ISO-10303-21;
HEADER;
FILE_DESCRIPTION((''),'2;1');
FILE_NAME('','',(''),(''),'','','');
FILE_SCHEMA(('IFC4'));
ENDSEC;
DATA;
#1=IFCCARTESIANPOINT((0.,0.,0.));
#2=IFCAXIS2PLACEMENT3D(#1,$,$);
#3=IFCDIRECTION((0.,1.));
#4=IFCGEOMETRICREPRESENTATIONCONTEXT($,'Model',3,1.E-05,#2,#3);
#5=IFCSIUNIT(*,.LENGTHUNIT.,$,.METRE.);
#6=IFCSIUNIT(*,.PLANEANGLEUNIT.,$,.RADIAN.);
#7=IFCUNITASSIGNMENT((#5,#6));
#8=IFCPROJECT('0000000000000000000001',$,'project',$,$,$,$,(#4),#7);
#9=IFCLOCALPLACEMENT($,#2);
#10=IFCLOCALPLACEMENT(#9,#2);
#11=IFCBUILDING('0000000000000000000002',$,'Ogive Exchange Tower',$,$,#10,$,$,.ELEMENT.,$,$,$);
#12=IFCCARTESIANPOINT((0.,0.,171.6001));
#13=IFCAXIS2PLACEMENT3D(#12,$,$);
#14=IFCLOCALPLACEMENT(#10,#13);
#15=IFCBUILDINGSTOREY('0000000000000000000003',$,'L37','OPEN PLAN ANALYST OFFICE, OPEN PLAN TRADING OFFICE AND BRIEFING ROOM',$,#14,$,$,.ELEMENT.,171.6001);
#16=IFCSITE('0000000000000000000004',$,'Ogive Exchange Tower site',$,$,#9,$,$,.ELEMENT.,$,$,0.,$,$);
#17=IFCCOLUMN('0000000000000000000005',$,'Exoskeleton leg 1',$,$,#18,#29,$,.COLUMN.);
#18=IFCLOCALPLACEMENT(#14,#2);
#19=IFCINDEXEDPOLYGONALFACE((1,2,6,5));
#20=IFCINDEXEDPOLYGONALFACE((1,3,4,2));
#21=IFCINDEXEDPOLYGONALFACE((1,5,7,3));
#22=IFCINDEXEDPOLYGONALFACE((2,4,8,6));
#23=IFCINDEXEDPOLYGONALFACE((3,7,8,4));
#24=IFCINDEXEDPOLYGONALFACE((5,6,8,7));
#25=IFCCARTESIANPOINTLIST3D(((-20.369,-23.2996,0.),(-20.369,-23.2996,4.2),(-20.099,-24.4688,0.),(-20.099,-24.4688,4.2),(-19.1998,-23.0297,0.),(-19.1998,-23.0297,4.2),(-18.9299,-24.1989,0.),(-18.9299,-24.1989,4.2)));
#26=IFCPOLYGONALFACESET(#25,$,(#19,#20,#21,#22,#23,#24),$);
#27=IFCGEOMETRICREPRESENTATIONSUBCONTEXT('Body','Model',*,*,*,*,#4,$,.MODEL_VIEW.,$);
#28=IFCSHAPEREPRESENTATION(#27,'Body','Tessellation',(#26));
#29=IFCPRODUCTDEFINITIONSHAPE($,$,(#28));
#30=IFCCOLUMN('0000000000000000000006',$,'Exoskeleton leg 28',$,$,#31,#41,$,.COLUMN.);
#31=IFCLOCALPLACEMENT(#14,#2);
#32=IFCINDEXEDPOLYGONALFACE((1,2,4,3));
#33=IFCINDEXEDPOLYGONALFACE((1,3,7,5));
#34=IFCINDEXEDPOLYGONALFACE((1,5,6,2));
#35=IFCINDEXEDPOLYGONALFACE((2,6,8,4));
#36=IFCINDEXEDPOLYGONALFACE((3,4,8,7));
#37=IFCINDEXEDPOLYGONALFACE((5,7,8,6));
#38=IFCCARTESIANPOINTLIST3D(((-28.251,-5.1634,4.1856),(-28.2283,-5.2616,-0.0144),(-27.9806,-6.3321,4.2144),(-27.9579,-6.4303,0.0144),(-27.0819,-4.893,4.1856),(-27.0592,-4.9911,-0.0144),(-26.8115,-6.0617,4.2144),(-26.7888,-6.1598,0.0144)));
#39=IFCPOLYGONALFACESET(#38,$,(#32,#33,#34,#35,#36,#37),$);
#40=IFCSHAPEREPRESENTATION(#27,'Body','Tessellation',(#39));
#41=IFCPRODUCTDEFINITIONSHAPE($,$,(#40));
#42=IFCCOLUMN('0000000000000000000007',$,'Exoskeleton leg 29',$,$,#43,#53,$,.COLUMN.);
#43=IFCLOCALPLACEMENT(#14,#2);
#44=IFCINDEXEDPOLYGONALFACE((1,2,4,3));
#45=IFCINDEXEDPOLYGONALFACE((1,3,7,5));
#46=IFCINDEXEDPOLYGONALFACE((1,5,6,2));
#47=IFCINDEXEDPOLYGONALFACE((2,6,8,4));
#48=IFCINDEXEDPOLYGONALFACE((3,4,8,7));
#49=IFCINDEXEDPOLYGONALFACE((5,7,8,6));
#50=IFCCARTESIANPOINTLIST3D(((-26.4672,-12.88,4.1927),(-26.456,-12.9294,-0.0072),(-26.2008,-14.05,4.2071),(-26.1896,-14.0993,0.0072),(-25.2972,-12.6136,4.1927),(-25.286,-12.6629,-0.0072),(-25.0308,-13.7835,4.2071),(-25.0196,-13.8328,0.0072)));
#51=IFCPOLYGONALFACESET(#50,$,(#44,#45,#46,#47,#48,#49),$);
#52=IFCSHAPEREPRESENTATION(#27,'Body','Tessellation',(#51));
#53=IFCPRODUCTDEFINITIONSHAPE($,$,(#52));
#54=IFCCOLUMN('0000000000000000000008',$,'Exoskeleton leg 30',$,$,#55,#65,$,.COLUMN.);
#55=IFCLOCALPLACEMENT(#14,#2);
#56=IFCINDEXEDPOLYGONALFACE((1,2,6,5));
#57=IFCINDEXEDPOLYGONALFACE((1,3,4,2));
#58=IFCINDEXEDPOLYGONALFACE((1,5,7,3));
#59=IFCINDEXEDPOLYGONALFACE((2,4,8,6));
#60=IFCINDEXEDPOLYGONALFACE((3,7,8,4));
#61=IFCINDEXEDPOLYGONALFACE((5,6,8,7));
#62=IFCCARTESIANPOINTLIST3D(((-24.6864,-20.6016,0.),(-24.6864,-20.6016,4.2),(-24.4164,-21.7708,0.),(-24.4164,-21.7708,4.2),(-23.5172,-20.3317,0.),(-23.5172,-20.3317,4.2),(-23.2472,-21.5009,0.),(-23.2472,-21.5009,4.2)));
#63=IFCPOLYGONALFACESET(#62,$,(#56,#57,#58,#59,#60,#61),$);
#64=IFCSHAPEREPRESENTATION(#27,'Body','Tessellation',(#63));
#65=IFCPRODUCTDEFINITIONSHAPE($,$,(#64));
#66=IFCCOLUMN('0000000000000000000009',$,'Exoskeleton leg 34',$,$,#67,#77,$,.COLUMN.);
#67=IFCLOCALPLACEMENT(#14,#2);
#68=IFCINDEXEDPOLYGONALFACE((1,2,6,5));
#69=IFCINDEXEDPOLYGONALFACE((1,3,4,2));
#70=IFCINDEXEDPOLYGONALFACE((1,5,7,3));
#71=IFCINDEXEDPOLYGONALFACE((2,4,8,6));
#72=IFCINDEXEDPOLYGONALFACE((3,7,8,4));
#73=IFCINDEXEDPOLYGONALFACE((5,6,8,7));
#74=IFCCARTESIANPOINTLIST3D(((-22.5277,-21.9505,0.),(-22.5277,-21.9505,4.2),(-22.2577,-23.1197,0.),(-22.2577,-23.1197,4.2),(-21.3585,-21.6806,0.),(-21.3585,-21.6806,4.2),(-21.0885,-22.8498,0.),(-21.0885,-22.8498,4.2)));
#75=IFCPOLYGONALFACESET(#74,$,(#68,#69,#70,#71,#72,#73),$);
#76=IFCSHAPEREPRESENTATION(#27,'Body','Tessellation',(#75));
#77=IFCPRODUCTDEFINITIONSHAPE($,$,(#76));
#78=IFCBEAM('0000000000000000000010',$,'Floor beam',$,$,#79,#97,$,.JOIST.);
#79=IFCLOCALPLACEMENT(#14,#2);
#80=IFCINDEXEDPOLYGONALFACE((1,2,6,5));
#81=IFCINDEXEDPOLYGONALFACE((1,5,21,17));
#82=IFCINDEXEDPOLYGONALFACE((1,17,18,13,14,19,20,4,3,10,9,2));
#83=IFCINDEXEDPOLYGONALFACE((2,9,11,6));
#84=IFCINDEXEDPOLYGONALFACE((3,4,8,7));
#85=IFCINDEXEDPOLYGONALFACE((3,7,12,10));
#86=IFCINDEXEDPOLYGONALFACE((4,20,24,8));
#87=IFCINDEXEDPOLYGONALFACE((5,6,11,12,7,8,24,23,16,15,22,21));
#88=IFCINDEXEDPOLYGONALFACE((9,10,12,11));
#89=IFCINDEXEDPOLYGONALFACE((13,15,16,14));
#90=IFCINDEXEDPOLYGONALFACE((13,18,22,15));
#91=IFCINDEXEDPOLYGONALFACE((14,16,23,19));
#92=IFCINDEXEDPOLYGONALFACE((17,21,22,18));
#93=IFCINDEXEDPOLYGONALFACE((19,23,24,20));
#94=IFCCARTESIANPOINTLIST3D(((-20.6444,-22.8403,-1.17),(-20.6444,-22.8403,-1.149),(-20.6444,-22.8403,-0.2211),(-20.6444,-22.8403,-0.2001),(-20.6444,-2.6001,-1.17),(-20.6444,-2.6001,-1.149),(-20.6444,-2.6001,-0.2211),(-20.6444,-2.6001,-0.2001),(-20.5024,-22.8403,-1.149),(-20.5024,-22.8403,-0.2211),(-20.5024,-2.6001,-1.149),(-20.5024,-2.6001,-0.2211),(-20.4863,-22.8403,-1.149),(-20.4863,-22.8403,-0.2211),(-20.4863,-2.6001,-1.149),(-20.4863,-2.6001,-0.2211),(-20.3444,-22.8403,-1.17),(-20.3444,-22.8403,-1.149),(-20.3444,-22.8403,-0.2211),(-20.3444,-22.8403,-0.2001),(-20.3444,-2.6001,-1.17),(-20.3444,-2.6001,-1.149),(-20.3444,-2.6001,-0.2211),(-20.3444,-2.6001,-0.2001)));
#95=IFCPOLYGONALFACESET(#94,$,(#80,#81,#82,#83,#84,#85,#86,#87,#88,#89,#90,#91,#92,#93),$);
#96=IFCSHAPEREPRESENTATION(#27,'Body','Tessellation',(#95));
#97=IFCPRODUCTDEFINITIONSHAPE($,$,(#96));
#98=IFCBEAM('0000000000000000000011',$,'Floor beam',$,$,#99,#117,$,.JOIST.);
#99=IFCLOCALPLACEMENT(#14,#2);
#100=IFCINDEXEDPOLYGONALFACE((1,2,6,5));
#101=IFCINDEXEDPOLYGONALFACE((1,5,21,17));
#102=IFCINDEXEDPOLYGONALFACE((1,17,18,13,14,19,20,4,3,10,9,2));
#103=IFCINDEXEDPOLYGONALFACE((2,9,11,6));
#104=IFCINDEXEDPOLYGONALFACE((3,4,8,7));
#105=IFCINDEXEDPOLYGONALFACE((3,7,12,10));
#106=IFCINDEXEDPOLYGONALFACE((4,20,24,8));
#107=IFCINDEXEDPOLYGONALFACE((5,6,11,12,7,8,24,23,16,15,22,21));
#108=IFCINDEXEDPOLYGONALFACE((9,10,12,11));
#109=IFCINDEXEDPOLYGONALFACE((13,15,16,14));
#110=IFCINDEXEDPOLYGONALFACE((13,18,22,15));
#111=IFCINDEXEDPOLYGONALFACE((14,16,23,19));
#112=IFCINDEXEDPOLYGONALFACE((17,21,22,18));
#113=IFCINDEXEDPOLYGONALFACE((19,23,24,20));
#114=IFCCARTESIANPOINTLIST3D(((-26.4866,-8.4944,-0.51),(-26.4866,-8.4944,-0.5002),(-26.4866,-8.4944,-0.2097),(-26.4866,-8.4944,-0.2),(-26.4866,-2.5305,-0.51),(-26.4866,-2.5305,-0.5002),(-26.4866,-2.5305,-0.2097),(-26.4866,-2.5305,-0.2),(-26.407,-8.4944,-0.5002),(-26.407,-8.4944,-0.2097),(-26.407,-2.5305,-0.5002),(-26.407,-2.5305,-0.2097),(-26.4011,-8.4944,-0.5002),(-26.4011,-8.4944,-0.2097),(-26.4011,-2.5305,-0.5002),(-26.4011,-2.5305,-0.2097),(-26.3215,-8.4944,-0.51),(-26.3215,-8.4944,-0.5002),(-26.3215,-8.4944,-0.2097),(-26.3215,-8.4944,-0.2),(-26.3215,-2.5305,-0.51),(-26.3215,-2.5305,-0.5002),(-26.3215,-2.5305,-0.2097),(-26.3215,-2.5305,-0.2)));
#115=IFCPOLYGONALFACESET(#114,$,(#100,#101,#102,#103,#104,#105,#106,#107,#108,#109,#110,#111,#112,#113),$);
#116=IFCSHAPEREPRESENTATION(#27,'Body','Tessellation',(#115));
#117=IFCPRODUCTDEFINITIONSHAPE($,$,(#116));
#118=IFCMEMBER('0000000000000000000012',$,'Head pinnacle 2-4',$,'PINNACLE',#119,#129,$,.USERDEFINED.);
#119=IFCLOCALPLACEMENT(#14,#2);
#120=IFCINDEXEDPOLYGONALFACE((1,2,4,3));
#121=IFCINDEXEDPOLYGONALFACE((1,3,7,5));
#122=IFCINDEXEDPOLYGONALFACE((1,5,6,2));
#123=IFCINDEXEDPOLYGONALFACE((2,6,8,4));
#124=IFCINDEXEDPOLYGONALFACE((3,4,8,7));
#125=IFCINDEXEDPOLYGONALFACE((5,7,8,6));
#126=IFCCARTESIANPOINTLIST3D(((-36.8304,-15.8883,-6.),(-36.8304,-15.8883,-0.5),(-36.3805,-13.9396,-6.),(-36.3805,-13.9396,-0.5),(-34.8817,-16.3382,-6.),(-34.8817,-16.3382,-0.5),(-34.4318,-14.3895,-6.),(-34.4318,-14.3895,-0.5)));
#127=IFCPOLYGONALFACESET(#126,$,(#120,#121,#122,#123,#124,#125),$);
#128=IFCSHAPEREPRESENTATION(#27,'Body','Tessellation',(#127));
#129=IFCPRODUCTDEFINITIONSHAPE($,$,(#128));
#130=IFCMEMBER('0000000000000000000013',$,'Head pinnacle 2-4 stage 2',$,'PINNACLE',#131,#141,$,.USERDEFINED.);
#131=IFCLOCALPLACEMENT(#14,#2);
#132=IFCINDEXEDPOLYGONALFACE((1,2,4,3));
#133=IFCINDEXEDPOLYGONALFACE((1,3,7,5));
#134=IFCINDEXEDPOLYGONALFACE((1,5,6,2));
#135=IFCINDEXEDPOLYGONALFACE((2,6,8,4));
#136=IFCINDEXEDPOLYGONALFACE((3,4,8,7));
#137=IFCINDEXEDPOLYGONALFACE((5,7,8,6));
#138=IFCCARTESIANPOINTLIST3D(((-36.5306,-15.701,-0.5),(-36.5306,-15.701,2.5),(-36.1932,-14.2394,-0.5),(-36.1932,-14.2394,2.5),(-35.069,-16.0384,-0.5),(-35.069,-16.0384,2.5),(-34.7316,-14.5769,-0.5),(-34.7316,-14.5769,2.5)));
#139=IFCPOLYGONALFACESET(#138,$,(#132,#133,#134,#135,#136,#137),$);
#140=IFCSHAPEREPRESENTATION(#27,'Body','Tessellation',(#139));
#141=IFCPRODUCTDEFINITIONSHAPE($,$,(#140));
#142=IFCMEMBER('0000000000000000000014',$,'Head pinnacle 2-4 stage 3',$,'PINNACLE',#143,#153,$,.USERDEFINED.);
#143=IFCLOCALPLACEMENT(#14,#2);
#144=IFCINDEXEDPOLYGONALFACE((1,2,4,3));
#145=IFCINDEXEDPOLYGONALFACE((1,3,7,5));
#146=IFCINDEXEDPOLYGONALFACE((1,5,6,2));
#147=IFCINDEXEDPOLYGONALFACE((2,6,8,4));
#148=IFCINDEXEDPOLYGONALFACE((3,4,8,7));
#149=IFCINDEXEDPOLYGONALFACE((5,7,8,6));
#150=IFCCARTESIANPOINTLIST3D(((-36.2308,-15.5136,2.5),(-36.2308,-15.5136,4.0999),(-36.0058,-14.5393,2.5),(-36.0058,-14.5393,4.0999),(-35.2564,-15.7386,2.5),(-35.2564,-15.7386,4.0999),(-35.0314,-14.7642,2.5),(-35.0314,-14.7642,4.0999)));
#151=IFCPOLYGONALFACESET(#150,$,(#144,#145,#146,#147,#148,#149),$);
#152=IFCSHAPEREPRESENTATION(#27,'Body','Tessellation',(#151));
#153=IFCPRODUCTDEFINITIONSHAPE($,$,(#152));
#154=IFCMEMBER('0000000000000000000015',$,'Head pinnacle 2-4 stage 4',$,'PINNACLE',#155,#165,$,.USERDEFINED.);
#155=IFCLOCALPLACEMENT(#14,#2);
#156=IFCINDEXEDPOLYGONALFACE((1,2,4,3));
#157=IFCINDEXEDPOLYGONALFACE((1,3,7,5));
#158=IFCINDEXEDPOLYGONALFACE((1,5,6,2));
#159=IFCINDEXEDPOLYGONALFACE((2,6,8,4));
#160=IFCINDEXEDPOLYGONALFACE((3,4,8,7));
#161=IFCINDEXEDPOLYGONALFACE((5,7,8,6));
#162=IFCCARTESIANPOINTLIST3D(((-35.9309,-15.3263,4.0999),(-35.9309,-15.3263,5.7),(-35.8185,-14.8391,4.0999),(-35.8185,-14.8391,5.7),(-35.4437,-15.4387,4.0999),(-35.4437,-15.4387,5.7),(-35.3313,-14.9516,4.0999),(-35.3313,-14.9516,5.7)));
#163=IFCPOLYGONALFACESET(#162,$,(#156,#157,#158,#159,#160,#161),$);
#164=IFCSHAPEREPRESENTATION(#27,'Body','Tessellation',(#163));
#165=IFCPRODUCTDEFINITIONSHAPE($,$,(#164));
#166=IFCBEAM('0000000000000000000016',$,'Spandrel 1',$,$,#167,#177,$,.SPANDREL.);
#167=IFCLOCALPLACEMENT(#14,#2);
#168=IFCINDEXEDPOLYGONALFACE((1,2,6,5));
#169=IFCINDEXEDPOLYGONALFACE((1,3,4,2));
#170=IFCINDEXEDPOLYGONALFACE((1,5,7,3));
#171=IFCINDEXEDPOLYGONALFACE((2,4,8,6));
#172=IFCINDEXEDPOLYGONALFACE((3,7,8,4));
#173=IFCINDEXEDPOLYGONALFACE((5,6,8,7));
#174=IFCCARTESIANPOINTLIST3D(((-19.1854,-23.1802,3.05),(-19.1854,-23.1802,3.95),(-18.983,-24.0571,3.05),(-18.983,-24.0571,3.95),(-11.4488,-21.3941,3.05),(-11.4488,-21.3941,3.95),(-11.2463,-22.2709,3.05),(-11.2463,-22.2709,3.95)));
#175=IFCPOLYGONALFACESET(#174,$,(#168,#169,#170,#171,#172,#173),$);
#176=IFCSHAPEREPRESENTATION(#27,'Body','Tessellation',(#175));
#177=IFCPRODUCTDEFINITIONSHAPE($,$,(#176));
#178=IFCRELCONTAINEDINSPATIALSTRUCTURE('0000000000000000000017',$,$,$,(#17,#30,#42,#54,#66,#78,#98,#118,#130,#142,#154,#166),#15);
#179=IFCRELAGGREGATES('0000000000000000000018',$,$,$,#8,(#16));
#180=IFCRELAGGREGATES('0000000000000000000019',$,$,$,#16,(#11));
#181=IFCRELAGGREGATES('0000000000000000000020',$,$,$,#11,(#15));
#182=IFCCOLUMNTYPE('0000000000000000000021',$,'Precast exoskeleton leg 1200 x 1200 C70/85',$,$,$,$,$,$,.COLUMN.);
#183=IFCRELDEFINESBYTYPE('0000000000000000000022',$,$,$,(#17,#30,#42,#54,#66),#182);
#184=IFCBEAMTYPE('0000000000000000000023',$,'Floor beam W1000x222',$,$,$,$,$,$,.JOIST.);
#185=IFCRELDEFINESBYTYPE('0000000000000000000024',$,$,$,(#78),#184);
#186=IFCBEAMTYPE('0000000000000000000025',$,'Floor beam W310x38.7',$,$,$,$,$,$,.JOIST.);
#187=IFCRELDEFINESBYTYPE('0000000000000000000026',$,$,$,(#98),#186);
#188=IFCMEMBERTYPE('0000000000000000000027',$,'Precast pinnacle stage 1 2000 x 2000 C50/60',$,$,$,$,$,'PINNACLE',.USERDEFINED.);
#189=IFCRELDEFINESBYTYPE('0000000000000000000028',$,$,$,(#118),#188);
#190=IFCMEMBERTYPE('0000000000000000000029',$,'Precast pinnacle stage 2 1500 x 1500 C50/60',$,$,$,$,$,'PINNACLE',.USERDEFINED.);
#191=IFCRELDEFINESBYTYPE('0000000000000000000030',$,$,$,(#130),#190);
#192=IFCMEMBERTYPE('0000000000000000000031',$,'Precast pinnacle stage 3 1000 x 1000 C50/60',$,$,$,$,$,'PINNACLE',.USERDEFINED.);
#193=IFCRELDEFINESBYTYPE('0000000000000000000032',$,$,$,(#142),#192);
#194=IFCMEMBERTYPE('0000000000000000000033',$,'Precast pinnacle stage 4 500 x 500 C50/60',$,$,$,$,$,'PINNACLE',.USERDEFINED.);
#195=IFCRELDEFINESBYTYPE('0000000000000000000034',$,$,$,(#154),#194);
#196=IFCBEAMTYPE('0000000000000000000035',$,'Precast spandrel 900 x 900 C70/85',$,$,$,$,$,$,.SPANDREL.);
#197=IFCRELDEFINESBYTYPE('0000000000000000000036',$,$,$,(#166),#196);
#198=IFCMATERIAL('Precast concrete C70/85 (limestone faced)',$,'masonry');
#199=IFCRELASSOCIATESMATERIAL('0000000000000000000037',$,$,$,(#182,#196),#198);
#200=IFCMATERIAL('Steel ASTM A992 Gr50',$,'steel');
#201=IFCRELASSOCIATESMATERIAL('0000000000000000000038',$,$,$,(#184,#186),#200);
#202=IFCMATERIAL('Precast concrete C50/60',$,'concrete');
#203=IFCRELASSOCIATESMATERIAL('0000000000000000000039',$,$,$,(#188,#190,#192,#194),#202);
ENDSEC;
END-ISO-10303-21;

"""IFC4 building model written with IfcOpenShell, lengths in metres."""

from ifc_helpers import new_model, si_unit, direction, frame, origin, origin_2d, place, context, subcontext, project, spatial, rectangle, i_section, extrude, material, material_profile, profile_set, type_object, element, save


model = new_model("IFC4")

# Units and contexts
model_context = context("Model", 3, precision=1e-05, world=origin(), true_north=direction((0.0, 1.0)))
body_context = subcontext(model_context, "Body", "Model", "MODEL_VIEW")
ifc_project = project(units=[si_unit("LENGTHUNIT", "METRE"), si_unit("PLANEANGLEUNIT", "RADIAN")], contexts=[model_context])

# Site, building, storey
site_placement = place(None, origin())
site = spatial("IfcSite", under=ifc_project, at=site_placement, Name="Ogive Exchange Tower site", CompositionType="ELEMENT", RefElevation=0.0)
building_placement = place(site_placement, origin())
building = spatial("IfcBuilding", under=site, at=building_placement, Name="Ogive Exchange Tower", CompositionType="ELEMENT")
storey_placement = place(building_placement, frame((0.0, 0.0, 171.6001)))
storey = spatial("IfcBuildingStorey", under=building, at=storey_placement, Name="L37", Description="OPEN PLAN ANALYST OFFICE, OPEN PLAN TRADING OFFICE AND BRIEFING ROOM", CompositionType="ELEMENT", Elevation=171.6001)

# Columns
ifc_material_1 = material(Name="Precast concrete C70/85 (limestone faced)", Category="masonry")
ifc_material_profile_1 = material_profile(ifc_material_1, rectangle(XDim=1.2, YDim=1.2, at=origin_2d()), Name="1200 x 1200")
ifc_profile_set_1 = profile_set([ifc_material_profile_1], Name="Precast concrete C70/85 (limestone faced)")
column_type = type_object("IfcColumnType", Name="Precast exoskeleton leg 1200 x 1200 C70/85", PredefinedType="COLUMN", material=ifc_profile_set_1)
column_1_placement = place(storey_placement, frame((-19.6494, -23.7493, 0.0), z_axis=(0.0, 0.0, 1.0), x_axis=(0.97437, 0.224951, 0.0)))
element("IfcColumn", 1, at=column_1_placement, inside=storey, type_object=column_type, Name="Exoskeleton leg 1", PredefinedType="COLUMN", context=body_context, shape_type="SweptSolid", body=[
    extrude(rectangle(XDim=1.2, YDim=1.2, at=origin_2d()), origin(), (0.0, 0.0, 1.0), 4.2),
])
column_2_placement = place(storey_placement, frame((-27.5085, -5.7107, 0.0), z_axis=(-0.005404, 0.023361, 0.999712), x_axis=(-0.974269, -0.22539, 0.0)))
element("IfcColumn", 2, at=column_2_placement, inside=storey, type_object=column_type, Name="Exoskeleton leg 28", PredefinedType="COLUMN", context=body_context, shape_type="SweptSolid", body=[
    extrude(rectangle(XDim=1.2, YDim=1.2, at=origin_2d()), origin(), (0.0, 0.0, 1.0), 4.2012),
])
column_3_placement = place(storey_placement, frame((-25.7378, -13.3811, 0.0), z_axis=(-0.002674, 0.011741, 0.999927), x_axis=(-0.975038, -0.222038, 0.0)))
element("IfcColumn", 3, at=column_3_placement, inside=storey, type_object=column_type, Name="Exoskeleton leg 29", PredefinedType="COLUMN", context=body_context, shape_type="SweptSolid", body=[
    extrude(rectangle(XDim=1.2, YDim=1.2, at=origin_2d()), origin(), (0.0, 0.0, 1.0), 4.2002),
])
for number, where, z_axis, x_axis, name in (
    (4, (-23.9668, -21.0513, 0.0), (0.0, 0.0, 1.0), (0.97437, 0.224951, 0.0), "Exoskeleton leg 30"),
    (5, (-21.8081, -22.4001, 0.0), (0.0, 0.0, 1.0), (0.97437, 0.224951, 0.0), "Exoskeleton leg 34"),
):
    element("IfcColumn", number, at=place(storey_placement, frame(where, z_axis=z_axis, x_axis=x_axis)), inside=storey, type_object=column_type, Name=name, PredefinedType="COLUMN", context=body_context, shape_type="SweptSolid", body=[
        extrude(rectangle(XDim=1.2, YDim=1.2, at=origin_2d()), origin(), (0.0, 0.0, 1.0), 4.2),
    ])

# Beams
ifc_material_2 = material(Name="Steel ASTM A992 Gr50", Category="steel")
ifc_material_profile_2 = material_profile(ifc_material_2, i_section(OverallWidth=0.3, OverallDepth=0.97, WebThickness=0.0161, FlangeThickness=0.021, at=origin_2d()), Name="W1000x222")
ifc_profile_set_2 = profile_set([ifc_material_profile_2], Name="Steel ASTM A992 Gr50")
beam_type_1 = type_object("IfcBeamType", Name="Floor beam W1000x222", PredefinedType="JOIST", material=ifc_profile_set_2)
beam_1_placement = place(storey_placement, frame((-20.4944, -22.8403, -0.6851), z_axis=(0.0, 1.0, 0.0), x_axis=(-1.0, 0.0, 0.0)))
element("IfcBeam", 6, at=beam_1_placement, inside=storey, type_object=beam_type_1, Name="Floor beam", PredefinedType="JOIST", context=body_context, shape_type="SweptSolid", body=[
    extrude(i_section(OverallWidth=0.3, OverallDepth=0.97, WebThickness=0.0161, FlangeThickness=0.021, at=origin_2d()), origin(), (0.0, 0.0, 1.0), 20.2402),
])
ifc_material_profile_3 = material_profile(ifc_material_2, i_section(OverallWidth=0.165, OverallDepth=0.3101, WebThickness=0.0059, FlangeThickness=0.0098, at=origin_2d()), Name="W310x38.7")
ifc_profile_set_3 = profile_set([ifc_material_profile_3], Name="Steel ASTM A992 Gr50")
beam_type_2 = type_object("IfcBeamType", Name="Floor beam W310x38.7", PredefinedType="JOIST", material=ifc_profile_set_3)
beam_2_placement = place(storey_placement, frame((-26.4041, -8.4944, -0.355), z_axis=(0.0, 1.0, 0.0), x_axis=(-1.0, 0.0, 0.0)))
element("IfcBeam", 7, at=beam_2_placement, inside=storey, type_object=beam_type_2, Name="Floor beam", PredefinedType="JOIST", context=body_context, shape_type="SweptSolid", body=[
    extrude(i_section(OverallWidth=0.165, OverallDepth=0.3101, WebThickness=0.0059, FlangeThickness=0.0098, at=origin_2d()), origin(), (0.0, 0.0, 1.0), 5.9639),
])

# Members
ifc_material_3 = material(Name="Precast concrete C50/60", Category="concrete")
ifc_material_profile_4 = material_profile(ifc_material_3, rectangle(XDim=2.0, YDim=2.0, at=origin_2d()), Name="PINNACLE 1 2000 x 2000")
ifc_profile_set_4 = profile_set([ifc_material_profile_4], Name="Precast concrete C50/60")
member_type_1 = type_object("IfcMemberType", Name="Precast pinnacle stage 1 2000 x 2000 C50/60", ElementType="PINNACLE", PredefinedType="USERDEFINED", material=ifc_profile_set_4)
member_1_placement = place(storey_placement, frame((-35.6311, -15.1389, -6.0), z_axis=(0.0, 0.0, 1.0), x_axis=(0.97437, -0.224951, 0.0)))
element("IfcMember", 8, at=member_1_placement, inside=storey, type_object=member_type_1, Name="Head pinnacle 2-4", ObjectType="PINNACLE", PredefinedType="USERDEFINED", context=body_context, shape_type="SweptSolid", body=[
    extrude(rectangle(XDim=2.0, YDim=2.0, at=origin_2d()), origin(), (0.0, 0.0, 1.0), 5.5),
])
ifc_material_profile_5 = material_profile(ifc_material_3, rectangle(XDim=1.5, YDim=1.5, at=origin_2d()), Name="PINNACLE 2 1500 x 1500")
ifc_profile_set_5 = profile_set([ifc_material_profile_5], Name="Precast concrete C50/60")
member_type_2 = type_object("IfcMemberType", Name="Precast pinnacle stage 2 1500 x 1500 C50/60", ElementType="PINNACLE", PredefinedType="USERDEFINED", material=ifc_profile_set_5)
member_2_placement = place(storey_placement, frame((-35.6311, -15.1389, -0.5), z_axis=(0.0, 0.0, 1.0), x_axis=(0.97437, -0.224951, 0.0)))
element("IfcMember", 9, at=member_2_placement, inside=storey, type_object=member_type_2, Name="Head pinnacle 2-4 stage 2", ObjectType="PINNACLE", PredefinedType="USERDEFINED", context=body_context, shape_type="SweptSolid", body=[
    extrude(rectangle(XDim=1.5, YDim=1.5, at=origin_2d()), origin(), (0.0, 0.0, 1.0), 3.0),
])
ifc_material_profile_6 = material_profile(ifc_material_3, rectangle(XDim=1.0, YDim=1.0, at=origin_2d()), Name="PINNACLE 3 1000 x 1000")
ifc_profile_set_6 = profile_set([ifc_material_profile_6], Name="Precast concrete C50/60")
member_type_3 = type_object("IfcMemberType", Name="Precast pinnacle stage 3 1000 x 1000 C50/60", ElementType="PINNACLE", PredefinedType="USERDEFINED", material=ifc_profile_set_6)
member_3_placement = place(storey_placement, frame((-35.6311, -15.1389, 2.5), z_axis=(0.0, 0.0, 1.0), x_axis=(0.97437, -0.224951, 0.0)))
element("IfcMember", 10, at=member_3_placement, inside=storey, type_object=member_type_3, Name="Head pinnacle 2-4 stage 3", ObjectType="PINNACLE", PredefinedType="USERDEFINED", context=body_context, shape_type="SweptSolid", body=[
    extrude(rectangle(XDim=1.0, YDim=1.0, at=origin_2d()), origin(), (0.0, 0.0, 1.0), 1.5999),
])
ifc_material_profile_7 = material_profile(ifc_material_3, rectangle(XDim=0.5, YDim=0.5, at=origin_2d()), Name="PINNACLE 4 500 x 500")
ifc_profile_set_7 = profile_set([ifc_material_profile_7], Name="Precast concrete C50/60")
member_type_4 = type_object("IfcMemberType", Name="Precast pinnacle stage 4 500 x 500 C50/60", ElementType="PINNACLE", PredefinedType="USERDEFINED", material=ifc_profile_set_7)
member_4_placement = place(storey_placement, frame((-35.6311, -15.1389, 4.0999), z_axis=(0.0, 0.0, 1.0), x_axis=(0.97437, -0.224951, 0.0)))
element("IfcMember", 11, at=member_4_placement, inside=storey, type_object=member_type_4, Name="Head pinnacle 2-4 stage 4", ObjectType="PINNACLE", PredefinedType="USERDEFINED", context=body_context, shape_type="SweptSolid", body=[
    extrude(rectangle(XDim=0.5, YDim=0.5, at=origin_2d()), origin(), (0.0, 0.0, 1.0), 1.6001),
])

# Beam
ifc_material_profile_8 = material_profile(ifc_material_1, rectangle(XDim=0.8999, YDim=0.8999, at=origin_2d()), Name="900 x 900")
ifc_profile_set_8 = profile_set([ifc_material_profile_8], Name="Precast concrete C70/85 (limestone faced)")
beam_type_3 = type_object("IfcBeamType", Name="Precast spandrel 900 x 900 C70/85", PredefinedType="SPANDREL", material=ifc_profile_set_8)
beam_3_placement = place(storey_placement, frame((-19.0842, -23.6187, 3.5), z_axis=(0.97437, 0.224952, 0.0), x_axis=(-0.224952, 0.97437, 0.0)))
element("IfcBeam", 12, at=beam_3_placement, inside=storey, type_object=beam_type_3, Name="Spandrel 1", PredefinedType="SPANDREL", context=body_context, shape_type="SweptSolid", body=[
    extrude(rectangle(XDim=0.8999, YDim=0.8999, at=origin_2d()), origin(), (0.0, 0.0, 1.0), 7.9402),
])

save(model, "model.ifc")
